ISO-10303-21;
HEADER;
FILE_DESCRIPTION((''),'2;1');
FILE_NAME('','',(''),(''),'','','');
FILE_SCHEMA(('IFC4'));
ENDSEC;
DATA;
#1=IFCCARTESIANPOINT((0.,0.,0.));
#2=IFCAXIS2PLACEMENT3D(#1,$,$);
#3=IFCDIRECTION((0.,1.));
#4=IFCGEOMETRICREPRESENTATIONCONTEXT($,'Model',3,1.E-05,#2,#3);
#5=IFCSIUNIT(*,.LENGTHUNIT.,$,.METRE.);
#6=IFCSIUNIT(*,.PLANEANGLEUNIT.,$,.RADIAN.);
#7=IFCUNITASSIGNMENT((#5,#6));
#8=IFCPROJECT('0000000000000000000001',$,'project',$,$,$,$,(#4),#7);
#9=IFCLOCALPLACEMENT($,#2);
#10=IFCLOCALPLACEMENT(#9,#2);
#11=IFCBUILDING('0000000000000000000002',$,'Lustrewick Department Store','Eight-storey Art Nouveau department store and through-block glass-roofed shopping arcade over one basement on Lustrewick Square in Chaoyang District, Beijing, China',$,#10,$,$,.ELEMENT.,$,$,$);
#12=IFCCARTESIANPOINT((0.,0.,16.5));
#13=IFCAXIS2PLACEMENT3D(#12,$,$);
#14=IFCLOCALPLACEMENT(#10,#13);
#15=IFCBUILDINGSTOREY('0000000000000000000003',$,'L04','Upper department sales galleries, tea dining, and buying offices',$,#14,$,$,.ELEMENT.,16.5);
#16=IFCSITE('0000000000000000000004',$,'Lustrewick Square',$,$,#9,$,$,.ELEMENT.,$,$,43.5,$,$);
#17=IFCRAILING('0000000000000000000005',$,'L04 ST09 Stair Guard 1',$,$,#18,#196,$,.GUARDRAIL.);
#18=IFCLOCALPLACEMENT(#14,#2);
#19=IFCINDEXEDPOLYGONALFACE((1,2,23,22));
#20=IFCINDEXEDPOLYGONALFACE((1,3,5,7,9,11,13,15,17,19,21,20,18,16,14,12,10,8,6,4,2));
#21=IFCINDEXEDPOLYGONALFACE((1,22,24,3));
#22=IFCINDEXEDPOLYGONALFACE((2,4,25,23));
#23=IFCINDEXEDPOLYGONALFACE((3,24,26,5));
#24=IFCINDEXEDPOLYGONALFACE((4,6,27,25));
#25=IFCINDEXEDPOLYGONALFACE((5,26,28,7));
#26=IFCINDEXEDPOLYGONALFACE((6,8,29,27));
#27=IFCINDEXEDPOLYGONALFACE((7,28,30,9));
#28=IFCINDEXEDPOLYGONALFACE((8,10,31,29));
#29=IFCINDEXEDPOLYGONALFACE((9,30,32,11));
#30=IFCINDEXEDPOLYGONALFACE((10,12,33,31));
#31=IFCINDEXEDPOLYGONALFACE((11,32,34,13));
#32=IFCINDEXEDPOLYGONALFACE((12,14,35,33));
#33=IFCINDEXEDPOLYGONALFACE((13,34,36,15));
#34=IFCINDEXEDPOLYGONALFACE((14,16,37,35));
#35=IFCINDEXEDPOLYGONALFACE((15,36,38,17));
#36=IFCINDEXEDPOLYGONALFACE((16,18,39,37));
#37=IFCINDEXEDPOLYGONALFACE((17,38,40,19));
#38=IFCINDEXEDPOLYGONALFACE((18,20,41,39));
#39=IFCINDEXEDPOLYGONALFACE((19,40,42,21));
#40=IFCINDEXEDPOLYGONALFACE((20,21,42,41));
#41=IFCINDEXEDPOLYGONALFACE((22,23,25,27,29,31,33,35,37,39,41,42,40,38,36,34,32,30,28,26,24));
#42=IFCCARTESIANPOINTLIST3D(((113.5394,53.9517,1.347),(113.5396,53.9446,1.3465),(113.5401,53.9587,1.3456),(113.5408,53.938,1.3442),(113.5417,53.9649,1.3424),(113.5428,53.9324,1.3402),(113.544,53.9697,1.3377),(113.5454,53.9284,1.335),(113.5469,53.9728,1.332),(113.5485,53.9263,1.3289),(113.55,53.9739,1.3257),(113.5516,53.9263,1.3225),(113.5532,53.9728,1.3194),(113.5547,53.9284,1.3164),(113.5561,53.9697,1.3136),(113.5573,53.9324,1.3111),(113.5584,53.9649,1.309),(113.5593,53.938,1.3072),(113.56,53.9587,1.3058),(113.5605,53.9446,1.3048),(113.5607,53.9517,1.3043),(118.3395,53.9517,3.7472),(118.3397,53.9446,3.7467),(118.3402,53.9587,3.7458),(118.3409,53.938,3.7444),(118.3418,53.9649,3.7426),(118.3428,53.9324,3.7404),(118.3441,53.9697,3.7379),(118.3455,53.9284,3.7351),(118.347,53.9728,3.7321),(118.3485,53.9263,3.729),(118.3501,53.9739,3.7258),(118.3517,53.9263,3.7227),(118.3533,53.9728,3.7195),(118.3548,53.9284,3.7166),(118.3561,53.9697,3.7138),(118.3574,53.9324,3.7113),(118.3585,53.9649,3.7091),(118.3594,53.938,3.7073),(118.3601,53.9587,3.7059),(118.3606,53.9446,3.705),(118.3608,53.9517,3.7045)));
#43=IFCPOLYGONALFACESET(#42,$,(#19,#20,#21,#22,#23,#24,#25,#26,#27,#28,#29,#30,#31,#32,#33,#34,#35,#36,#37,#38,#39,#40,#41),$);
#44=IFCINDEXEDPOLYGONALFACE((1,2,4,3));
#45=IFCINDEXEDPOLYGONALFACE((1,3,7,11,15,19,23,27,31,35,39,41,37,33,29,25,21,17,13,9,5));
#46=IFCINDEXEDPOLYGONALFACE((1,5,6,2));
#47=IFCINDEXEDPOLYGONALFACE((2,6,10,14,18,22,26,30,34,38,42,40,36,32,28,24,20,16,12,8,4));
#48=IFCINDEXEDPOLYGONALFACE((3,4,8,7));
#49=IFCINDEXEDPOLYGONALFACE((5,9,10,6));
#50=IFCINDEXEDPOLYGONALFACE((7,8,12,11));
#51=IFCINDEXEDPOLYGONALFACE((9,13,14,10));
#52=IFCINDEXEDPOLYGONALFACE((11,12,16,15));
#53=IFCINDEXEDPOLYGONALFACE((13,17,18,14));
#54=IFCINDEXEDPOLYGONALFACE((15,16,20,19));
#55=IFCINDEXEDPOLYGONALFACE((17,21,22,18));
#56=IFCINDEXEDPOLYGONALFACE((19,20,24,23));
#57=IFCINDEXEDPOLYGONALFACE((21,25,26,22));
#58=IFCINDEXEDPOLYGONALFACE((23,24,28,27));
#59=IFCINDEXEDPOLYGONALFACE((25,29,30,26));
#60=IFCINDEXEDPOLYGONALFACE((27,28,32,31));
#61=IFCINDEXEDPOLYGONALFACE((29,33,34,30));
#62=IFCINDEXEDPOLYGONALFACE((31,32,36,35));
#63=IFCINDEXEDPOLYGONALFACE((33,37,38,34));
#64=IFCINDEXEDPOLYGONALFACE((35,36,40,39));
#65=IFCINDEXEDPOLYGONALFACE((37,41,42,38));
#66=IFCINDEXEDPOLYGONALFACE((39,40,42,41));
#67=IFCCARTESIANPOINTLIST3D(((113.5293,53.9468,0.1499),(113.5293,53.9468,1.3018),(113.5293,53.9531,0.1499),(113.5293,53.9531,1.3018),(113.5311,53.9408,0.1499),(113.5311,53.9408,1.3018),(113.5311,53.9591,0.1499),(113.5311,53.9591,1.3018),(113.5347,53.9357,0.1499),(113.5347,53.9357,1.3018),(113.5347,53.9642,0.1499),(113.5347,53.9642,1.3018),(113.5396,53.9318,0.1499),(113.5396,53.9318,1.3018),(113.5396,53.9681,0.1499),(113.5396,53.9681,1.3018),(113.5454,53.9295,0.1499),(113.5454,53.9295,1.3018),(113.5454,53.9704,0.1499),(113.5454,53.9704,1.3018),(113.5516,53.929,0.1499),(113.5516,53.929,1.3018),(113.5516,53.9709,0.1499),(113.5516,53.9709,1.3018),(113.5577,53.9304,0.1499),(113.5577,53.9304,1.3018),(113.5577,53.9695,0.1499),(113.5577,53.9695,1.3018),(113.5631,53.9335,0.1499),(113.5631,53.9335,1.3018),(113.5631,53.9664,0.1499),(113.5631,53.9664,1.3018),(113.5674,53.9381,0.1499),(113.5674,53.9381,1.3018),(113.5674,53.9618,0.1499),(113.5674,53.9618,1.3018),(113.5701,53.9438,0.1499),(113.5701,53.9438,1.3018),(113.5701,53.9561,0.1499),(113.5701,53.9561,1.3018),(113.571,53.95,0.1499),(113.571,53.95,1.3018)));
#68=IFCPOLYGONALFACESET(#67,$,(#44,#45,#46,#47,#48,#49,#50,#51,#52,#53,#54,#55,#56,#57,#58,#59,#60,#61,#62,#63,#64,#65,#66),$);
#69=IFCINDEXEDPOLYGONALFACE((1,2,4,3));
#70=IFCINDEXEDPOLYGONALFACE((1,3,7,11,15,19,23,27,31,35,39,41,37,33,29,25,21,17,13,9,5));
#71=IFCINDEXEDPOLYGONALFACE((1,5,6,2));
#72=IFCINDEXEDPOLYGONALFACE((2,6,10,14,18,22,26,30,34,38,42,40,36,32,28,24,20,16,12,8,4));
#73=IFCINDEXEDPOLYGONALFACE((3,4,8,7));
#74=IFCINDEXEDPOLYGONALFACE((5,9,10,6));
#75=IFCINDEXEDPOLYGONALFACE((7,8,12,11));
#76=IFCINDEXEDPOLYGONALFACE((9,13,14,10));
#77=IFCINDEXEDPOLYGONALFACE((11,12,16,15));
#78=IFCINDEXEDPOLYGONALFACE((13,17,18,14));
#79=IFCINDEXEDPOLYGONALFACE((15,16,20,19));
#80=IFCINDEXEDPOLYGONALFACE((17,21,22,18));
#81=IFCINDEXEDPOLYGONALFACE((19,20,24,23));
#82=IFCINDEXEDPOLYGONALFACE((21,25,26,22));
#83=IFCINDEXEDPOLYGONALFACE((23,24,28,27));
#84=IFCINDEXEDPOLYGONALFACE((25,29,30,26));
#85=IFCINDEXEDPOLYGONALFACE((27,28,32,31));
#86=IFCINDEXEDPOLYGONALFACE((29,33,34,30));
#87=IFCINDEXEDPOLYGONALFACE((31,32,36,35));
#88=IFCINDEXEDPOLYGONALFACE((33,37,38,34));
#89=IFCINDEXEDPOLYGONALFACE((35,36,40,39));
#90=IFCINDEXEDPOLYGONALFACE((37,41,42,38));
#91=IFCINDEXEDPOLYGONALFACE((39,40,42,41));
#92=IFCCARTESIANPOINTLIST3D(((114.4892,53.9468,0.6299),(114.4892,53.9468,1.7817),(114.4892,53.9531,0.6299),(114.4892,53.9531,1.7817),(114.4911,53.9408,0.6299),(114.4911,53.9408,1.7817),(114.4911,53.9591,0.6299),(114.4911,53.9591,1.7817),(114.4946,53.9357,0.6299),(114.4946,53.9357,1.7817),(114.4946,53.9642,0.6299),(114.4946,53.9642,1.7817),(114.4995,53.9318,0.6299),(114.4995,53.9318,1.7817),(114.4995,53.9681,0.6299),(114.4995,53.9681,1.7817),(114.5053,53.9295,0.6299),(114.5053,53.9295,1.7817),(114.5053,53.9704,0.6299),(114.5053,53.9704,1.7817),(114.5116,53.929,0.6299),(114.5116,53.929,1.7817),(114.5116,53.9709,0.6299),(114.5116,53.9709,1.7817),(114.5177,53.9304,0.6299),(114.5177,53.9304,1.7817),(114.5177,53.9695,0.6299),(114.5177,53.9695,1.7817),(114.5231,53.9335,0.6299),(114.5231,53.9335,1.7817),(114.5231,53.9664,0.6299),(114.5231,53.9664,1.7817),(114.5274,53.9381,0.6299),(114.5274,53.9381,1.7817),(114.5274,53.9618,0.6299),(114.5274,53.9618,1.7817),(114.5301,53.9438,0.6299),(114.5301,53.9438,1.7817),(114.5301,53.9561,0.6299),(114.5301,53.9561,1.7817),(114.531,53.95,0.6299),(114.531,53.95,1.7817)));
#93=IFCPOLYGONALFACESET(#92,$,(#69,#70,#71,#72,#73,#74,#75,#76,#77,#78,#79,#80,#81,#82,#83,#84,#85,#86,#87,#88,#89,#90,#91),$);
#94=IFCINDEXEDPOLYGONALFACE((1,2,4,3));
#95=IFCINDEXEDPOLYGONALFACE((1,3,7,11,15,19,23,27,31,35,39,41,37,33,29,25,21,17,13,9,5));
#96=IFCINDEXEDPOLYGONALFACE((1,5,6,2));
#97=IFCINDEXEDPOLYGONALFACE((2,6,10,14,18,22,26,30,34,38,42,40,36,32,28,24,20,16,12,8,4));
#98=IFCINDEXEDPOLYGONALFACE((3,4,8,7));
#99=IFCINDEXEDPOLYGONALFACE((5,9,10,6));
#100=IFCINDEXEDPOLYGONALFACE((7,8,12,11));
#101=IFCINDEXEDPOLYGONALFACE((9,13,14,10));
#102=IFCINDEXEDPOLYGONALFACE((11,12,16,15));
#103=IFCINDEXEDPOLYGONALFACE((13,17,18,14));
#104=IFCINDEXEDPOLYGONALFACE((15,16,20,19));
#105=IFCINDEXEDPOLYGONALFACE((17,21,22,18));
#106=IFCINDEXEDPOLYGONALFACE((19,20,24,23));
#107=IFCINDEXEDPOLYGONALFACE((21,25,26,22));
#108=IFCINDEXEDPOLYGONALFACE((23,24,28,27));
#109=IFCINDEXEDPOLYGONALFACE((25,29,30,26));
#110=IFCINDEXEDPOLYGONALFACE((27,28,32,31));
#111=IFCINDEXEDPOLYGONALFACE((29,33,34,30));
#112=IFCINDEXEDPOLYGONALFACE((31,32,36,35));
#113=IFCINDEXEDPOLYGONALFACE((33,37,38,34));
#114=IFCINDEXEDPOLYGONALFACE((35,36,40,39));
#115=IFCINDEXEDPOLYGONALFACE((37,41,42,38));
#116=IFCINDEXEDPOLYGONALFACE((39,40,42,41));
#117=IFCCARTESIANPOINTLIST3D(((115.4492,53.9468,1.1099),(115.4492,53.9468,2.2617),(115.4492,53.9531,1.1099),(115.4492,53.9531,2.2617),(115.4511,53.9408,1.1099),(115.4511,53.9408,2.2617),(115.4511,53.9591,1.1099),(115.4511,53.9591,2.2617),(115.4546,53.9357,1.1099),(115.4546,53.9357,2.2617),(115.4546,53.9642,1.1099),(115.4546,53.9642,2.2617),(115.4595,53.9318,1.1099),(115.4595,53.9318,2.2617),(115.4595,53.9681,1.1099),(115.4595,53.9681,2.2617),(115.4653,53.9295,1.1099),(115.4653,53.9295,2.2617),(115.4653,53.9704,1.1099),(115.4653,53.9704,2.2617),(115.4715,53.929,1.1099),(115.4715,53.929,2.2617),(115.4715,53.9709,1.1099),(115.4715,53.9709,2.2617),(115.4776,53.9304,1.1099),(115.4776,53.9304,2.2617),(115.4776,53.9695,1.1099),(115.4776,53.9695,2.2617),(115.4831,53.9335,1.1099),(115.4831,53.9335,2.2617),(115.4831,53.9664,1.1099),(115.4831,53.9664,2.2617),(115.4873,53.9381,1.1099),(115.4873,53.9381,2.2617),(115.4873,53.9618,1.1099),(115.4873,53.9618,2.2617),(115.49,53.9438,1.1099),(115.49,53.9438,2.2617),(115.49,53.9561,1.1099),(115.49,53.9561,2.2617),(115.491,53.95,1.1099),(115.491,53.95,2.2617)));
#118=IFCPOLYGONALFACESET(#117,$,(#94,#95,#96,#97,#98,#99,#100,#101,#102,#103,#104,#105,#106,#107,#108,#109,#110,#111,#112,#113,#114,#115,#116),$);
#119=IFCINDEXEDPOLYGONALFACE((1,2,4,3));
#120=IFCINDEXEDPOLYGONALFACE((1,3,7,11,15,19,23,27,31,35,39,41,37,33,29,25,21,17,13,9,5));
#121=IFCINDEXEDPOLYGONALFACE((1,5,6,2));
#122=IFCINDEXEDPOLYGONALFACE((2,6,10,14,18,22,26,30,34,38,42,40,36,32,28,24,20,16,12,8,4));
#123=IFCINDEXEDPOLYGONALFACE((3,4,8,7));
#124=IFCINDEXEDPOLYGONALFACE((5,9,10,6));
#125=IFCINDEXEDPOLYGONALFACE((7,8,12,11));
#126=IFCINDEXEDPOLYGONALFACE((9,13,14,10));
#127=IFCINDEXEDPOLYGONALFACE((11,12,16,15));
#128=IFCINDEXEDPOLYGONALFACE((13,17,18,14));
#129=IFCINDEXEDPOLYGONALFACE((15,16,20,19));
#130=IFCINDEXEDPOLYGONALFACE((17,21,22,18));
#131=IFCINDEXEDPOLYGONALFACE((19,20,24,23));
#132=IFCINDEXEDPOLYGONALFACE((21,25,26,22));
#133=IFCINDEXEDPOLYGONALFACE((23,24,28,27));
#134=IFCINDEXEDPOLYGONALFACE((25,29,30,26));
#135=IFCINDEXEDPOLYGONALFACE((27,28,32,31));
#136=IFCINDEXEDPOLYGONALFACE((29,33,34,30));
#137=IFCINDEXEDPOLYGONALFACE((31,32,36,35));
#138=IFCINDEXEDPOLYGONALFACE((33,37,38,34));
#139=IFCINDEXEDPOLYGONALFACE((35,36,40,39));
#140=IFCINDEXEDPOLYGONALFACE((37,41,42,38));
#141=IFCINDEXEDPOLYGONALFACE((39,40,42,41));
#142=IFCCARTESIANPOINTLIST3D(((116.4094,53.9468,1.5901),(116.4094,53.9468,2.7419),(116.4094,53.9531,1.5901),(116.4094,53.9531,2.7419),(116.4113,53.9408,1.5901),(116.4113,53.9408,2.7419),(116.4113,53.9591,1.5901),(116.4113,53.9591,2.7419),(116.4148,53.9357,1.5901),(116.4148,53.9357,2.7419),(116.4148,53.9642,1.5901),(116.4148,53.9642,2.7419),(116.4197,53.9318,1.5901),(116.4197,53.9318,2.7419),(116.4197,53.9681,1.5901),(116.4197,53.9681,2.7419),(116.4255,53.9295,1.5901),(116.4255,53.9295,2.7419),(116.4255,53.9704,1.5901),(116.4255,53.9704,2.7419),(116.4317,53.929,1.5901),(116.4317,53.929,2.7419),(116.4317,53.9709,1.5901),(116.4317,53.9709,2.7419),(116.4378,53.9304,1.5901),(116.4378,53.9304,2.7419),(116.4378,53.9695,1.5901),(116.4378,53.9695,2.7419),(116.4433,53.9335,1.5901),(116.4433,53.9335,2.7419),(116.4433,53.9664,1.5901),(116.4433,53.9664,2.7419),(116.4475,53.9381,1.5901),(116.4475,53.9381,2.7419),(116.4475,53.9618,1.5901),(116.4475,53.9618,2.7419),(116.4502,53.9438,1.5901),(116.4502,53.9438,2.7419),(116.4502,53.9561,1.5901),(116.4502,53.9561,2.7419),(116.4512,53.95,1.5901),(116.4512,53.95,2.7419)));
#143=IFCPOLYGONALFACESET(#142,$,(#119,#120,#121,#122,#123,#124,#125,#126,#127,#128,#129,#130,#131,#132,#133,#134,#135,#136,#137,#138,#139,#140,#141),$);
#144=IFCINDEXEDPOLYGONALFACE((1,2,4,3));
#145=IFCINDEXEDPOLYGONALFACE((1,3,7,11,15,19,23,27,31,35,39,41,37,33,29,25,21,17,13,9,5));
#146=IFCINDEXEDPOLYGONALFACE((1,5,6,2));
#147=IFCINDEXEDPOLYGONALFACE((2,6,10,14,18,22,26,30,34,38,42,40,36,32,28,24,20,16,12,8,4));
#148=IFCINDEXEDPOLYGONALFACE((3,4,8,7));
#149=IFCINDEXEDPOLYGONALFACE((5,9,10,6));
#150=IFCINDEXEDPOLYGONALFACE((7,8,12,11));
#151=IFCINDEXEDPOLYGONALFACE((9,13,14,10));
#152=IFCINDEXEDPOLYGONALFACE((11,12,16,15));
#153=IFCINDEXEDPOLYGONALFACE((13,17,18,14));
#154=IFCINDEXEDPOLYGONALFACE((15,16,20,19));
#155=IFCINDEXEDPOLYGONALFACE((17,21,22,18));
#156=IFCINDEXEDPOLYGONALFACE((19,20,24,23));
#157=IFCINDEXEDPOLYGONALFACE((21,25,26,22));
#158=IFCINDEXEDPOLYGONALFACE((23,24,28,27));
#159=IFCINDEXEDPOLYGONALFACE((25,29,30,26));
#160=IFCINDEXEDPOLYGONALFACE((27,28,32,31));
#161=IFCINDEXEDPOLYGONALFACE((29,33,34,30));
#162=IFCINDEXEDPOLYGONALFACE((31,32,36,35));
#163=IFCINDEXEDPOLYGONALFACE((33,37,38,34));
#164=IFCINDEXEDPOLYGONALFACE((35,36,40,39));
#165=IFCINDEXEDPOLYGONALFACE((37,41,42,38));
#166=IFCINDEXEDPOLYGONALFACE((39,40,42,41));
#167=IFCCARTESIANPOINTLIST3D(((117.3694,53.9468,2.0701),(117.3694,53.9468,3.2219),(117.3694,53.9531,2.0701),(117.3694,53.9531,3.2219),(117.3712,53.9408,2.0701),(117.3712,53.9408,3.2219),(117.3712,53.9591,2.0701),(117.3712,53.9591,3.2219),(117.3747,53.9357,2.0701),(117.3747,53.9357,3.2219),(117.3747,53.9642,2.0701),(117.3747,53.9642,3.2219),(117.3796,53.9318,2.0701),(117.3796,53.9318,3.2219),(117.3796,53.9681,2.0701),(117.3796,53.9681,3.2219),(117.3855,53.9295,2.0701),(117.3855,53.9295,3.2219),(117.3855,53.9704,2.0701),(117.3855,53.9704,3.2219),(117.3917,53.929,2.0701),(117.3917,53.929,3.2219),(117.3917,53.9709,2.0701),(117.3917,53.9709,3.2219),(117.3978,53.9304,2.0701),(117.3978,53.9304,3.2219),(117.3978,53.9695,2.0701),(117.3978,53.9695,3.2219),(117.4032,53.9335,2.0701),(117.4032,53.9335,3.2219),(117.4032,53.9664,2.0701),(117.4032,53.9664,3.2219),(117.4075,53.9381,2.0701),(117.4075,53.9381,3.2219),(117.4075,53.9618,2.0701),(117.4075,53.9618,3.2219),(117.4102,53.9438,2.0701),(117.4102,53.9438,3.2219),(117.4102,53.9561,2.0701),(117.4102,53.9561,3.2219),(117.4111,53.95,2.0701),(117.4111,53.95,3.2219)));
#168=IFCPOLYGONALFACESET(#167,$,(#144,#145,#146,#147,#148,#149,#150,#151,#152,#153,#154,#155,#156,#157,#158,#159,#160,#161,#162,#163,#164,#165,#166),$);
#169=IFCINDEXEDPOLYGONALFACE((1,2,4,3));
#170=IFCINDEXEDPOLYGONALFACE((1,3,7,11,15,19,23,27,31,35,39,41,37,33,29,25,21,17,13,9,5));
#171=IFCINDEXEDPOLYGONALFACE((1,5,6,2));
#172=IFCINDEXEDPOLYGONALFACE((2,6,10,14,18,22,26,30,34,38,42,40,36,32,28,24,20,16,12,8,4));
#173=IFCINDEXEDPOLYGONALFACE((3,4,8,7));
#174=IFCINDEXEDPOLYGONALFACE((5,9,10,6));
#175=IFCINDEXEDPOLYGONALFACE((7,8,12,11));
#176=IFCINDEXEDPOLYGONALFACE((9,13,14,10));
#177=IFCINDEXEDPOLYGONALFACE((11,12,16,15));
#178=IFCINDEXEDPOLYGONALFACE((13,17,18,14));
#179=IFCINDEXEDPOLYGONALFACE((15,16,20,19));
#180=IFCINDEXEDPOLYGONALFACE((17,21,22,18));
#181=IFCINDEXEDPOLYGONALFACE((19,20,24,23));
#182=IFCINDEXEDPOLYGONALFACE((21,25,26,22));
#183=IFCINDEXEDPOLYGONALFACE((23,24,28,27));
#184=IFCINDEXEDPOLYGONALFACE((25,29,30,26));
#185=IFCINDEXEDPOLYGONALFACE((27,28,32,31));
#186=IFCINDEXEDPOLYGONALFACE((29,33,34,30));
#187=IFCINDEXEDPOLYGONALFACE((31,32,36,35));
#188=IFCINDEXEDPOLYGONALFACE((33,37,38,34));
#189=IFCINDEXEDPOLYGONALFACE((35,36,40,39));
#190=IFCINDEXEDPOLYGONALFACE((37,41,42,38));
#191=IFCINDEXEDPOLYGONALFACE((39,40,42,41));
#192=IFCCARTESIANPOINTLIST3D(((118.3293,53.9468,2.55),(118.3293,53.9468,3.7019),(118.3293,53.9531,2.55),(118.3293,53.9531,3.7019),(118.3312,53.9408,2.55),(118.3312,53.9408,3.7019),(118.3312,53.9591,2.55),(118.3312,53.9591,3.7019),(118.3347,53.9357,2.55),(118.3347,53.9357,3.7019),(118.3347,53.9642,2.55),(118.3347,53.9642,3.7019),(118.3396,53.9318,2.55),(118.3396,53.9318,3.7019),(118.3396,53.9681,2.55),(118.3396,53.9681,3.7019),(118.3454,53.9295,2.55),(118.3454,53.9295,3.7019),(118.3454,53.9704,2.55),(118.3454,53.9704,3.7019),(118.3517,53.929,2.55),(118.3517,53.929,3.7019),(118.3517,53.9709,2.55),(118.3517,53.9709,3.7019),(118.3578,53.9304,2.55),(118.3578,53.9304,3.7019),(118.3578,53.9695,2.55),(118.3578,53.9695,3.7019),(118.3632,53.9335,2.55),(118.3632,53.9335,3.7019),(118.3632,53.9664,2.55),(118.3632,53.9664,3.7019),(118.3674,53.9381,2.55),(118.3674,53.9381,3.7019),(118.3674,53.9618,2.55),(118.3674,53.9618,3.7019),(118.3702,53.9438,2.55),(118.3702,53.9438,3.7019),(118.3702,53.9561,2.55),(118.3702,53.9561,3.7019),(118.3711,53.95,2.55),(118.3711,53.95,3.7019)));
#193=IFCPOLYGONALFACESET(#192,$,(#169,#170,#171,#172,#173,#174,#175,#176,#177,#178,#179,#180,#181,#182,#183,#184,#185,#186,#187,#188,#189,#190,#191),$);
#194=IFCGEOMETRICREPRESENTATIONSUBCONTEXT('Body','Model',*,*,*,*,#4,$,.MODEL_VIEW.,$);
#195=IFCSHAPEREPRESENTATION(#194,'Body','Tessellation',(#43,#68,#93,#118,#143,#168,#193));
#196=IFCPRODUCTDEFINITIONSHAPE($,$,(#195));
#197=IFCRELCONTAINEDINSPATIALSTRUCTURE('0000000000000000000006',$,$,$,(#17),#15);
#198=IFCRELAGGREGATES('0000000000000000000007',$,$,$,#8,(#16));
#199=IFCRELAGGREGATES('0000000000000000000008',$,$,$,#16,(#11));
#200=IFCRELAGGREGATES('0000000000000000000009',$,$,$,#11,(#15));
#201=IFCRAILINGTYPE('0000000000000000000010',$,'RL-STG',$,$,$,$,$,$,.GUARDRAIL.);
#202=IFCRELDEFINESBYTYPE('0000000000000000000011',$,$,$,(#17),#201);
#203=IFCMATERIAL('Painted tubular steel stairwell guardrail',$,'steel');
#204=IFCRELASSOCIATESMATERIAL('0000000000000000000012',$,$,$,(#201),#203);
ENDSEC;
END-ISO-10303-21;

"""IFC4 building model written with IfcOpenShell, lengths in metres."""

from ifc_helpers import new_model, si_unit, direction, frame, origin, origin_2d, place, context, subcontext, project, spatial, circle, extrude, material, type_object, element, save


model = new_model("IFC4")

# Units and contexts
model_context = context("Model", 3, precision=1e-05, world=origin(), true_north=direction((0.0, 1.0)))
body_context = subcontext(model_context, "Body", "Model", "MODEL_VIEW")
ifc_project = project(units=[si_unit("LENGTHUNIT", "METRE"), si_unit("PLANEANGLEUNIT", "RADIAN")], contexts=[model_context])

# Site, building, storey
site_placement = place(None, origin())
site = spatial("IfcSite", under=ifc_project, at=site_placement, Name="Lustrewick Square", CompositionType="ELEMENT", RefElevation=43.5)
building_placement = place(site_placement, origin())
building = spatial("IfcBuilding", under=site, at=building_placement, Name="Lustrewick Department Store", Description="Eight-storey Art Nouveau department store and through-block glass-roofed shopping arcade over one basement on Lustrewick Square in Chaoyang District, Beijing, China", CompositionType="ELEMENT")
storey_placement = place(building_placement, frame((0.0, 0.0, 16.5)))
storey = spatial("IfcBuildingStorey", under=building, at=storey_placement, Name="L04", Description="Upper department sales galleries, tea dining, and buying offices", CompositionType="ELEMENT", Elevation=16.5)

# Railing
ifc_material_1 = material(Name="Painted tubular steel stairwell guardrail", Category="steel")
railing_type_1 = type_object("IfcRailingType", Name="RL-STG", PredefinedType="GUARDRAIL", material=ifc_material_1)
railing_1_placement = place(storey_placement, frame((113.55, 53.95, 0.1499)))
element("IfcRailing", 1, at=railing_1_placement, inside=storey, type_object=railing_type_1, Name="L04 ST09 Stair Guard 1", PredefinedType="GUARDRAIL", context=body_context, shape_type="SweptSolid", body=[
    extrude(circle(Radius=0.0239, at=origin_2d()), frame((0.0, 0.0, 1.1758), z_axis=(0.894418, 0.0, 0.447232), x_axis=(0.0, 1.0, 0.0)), (0.0, 0.0, 1.0), 5.3667),
    extrude(circle(Radius=0.021, at=origin_2d()), origin(), (0.0, 0.0, 1.0), 1.1519),
    extrude(circle(Radius=0.021, at=origin_2d()), frame((0.96, 0.0, 0.48)), (0.0, 0.0, 1.0), 1.1519),
    extrude(circle(Radius=0.021, at=origin_2d()), frame((1.9199, 0.0, 0.96)), (0.0, 0.0, 1.0), 1.1519),
    extrude(circle(Radius=0.021, at=origin_2d()), frame((2.8801, 0.0, 1.4402)), (0.0, 0.0, 1.0), 1.1519),
    extrude(circle(Radius=0.021, at=origin_2d()), frame((3.8401, 0.0, 1.9202)), (0.0, 0.0, 1.0), 1.1519),
    extrude(circle(Radius=0.021, at=origin_2d()), frame((4.8, 0.0, 2.4001)), (0.0, 0.0, 1.0), 1.1519),
])

save(model, "model.ifc")
